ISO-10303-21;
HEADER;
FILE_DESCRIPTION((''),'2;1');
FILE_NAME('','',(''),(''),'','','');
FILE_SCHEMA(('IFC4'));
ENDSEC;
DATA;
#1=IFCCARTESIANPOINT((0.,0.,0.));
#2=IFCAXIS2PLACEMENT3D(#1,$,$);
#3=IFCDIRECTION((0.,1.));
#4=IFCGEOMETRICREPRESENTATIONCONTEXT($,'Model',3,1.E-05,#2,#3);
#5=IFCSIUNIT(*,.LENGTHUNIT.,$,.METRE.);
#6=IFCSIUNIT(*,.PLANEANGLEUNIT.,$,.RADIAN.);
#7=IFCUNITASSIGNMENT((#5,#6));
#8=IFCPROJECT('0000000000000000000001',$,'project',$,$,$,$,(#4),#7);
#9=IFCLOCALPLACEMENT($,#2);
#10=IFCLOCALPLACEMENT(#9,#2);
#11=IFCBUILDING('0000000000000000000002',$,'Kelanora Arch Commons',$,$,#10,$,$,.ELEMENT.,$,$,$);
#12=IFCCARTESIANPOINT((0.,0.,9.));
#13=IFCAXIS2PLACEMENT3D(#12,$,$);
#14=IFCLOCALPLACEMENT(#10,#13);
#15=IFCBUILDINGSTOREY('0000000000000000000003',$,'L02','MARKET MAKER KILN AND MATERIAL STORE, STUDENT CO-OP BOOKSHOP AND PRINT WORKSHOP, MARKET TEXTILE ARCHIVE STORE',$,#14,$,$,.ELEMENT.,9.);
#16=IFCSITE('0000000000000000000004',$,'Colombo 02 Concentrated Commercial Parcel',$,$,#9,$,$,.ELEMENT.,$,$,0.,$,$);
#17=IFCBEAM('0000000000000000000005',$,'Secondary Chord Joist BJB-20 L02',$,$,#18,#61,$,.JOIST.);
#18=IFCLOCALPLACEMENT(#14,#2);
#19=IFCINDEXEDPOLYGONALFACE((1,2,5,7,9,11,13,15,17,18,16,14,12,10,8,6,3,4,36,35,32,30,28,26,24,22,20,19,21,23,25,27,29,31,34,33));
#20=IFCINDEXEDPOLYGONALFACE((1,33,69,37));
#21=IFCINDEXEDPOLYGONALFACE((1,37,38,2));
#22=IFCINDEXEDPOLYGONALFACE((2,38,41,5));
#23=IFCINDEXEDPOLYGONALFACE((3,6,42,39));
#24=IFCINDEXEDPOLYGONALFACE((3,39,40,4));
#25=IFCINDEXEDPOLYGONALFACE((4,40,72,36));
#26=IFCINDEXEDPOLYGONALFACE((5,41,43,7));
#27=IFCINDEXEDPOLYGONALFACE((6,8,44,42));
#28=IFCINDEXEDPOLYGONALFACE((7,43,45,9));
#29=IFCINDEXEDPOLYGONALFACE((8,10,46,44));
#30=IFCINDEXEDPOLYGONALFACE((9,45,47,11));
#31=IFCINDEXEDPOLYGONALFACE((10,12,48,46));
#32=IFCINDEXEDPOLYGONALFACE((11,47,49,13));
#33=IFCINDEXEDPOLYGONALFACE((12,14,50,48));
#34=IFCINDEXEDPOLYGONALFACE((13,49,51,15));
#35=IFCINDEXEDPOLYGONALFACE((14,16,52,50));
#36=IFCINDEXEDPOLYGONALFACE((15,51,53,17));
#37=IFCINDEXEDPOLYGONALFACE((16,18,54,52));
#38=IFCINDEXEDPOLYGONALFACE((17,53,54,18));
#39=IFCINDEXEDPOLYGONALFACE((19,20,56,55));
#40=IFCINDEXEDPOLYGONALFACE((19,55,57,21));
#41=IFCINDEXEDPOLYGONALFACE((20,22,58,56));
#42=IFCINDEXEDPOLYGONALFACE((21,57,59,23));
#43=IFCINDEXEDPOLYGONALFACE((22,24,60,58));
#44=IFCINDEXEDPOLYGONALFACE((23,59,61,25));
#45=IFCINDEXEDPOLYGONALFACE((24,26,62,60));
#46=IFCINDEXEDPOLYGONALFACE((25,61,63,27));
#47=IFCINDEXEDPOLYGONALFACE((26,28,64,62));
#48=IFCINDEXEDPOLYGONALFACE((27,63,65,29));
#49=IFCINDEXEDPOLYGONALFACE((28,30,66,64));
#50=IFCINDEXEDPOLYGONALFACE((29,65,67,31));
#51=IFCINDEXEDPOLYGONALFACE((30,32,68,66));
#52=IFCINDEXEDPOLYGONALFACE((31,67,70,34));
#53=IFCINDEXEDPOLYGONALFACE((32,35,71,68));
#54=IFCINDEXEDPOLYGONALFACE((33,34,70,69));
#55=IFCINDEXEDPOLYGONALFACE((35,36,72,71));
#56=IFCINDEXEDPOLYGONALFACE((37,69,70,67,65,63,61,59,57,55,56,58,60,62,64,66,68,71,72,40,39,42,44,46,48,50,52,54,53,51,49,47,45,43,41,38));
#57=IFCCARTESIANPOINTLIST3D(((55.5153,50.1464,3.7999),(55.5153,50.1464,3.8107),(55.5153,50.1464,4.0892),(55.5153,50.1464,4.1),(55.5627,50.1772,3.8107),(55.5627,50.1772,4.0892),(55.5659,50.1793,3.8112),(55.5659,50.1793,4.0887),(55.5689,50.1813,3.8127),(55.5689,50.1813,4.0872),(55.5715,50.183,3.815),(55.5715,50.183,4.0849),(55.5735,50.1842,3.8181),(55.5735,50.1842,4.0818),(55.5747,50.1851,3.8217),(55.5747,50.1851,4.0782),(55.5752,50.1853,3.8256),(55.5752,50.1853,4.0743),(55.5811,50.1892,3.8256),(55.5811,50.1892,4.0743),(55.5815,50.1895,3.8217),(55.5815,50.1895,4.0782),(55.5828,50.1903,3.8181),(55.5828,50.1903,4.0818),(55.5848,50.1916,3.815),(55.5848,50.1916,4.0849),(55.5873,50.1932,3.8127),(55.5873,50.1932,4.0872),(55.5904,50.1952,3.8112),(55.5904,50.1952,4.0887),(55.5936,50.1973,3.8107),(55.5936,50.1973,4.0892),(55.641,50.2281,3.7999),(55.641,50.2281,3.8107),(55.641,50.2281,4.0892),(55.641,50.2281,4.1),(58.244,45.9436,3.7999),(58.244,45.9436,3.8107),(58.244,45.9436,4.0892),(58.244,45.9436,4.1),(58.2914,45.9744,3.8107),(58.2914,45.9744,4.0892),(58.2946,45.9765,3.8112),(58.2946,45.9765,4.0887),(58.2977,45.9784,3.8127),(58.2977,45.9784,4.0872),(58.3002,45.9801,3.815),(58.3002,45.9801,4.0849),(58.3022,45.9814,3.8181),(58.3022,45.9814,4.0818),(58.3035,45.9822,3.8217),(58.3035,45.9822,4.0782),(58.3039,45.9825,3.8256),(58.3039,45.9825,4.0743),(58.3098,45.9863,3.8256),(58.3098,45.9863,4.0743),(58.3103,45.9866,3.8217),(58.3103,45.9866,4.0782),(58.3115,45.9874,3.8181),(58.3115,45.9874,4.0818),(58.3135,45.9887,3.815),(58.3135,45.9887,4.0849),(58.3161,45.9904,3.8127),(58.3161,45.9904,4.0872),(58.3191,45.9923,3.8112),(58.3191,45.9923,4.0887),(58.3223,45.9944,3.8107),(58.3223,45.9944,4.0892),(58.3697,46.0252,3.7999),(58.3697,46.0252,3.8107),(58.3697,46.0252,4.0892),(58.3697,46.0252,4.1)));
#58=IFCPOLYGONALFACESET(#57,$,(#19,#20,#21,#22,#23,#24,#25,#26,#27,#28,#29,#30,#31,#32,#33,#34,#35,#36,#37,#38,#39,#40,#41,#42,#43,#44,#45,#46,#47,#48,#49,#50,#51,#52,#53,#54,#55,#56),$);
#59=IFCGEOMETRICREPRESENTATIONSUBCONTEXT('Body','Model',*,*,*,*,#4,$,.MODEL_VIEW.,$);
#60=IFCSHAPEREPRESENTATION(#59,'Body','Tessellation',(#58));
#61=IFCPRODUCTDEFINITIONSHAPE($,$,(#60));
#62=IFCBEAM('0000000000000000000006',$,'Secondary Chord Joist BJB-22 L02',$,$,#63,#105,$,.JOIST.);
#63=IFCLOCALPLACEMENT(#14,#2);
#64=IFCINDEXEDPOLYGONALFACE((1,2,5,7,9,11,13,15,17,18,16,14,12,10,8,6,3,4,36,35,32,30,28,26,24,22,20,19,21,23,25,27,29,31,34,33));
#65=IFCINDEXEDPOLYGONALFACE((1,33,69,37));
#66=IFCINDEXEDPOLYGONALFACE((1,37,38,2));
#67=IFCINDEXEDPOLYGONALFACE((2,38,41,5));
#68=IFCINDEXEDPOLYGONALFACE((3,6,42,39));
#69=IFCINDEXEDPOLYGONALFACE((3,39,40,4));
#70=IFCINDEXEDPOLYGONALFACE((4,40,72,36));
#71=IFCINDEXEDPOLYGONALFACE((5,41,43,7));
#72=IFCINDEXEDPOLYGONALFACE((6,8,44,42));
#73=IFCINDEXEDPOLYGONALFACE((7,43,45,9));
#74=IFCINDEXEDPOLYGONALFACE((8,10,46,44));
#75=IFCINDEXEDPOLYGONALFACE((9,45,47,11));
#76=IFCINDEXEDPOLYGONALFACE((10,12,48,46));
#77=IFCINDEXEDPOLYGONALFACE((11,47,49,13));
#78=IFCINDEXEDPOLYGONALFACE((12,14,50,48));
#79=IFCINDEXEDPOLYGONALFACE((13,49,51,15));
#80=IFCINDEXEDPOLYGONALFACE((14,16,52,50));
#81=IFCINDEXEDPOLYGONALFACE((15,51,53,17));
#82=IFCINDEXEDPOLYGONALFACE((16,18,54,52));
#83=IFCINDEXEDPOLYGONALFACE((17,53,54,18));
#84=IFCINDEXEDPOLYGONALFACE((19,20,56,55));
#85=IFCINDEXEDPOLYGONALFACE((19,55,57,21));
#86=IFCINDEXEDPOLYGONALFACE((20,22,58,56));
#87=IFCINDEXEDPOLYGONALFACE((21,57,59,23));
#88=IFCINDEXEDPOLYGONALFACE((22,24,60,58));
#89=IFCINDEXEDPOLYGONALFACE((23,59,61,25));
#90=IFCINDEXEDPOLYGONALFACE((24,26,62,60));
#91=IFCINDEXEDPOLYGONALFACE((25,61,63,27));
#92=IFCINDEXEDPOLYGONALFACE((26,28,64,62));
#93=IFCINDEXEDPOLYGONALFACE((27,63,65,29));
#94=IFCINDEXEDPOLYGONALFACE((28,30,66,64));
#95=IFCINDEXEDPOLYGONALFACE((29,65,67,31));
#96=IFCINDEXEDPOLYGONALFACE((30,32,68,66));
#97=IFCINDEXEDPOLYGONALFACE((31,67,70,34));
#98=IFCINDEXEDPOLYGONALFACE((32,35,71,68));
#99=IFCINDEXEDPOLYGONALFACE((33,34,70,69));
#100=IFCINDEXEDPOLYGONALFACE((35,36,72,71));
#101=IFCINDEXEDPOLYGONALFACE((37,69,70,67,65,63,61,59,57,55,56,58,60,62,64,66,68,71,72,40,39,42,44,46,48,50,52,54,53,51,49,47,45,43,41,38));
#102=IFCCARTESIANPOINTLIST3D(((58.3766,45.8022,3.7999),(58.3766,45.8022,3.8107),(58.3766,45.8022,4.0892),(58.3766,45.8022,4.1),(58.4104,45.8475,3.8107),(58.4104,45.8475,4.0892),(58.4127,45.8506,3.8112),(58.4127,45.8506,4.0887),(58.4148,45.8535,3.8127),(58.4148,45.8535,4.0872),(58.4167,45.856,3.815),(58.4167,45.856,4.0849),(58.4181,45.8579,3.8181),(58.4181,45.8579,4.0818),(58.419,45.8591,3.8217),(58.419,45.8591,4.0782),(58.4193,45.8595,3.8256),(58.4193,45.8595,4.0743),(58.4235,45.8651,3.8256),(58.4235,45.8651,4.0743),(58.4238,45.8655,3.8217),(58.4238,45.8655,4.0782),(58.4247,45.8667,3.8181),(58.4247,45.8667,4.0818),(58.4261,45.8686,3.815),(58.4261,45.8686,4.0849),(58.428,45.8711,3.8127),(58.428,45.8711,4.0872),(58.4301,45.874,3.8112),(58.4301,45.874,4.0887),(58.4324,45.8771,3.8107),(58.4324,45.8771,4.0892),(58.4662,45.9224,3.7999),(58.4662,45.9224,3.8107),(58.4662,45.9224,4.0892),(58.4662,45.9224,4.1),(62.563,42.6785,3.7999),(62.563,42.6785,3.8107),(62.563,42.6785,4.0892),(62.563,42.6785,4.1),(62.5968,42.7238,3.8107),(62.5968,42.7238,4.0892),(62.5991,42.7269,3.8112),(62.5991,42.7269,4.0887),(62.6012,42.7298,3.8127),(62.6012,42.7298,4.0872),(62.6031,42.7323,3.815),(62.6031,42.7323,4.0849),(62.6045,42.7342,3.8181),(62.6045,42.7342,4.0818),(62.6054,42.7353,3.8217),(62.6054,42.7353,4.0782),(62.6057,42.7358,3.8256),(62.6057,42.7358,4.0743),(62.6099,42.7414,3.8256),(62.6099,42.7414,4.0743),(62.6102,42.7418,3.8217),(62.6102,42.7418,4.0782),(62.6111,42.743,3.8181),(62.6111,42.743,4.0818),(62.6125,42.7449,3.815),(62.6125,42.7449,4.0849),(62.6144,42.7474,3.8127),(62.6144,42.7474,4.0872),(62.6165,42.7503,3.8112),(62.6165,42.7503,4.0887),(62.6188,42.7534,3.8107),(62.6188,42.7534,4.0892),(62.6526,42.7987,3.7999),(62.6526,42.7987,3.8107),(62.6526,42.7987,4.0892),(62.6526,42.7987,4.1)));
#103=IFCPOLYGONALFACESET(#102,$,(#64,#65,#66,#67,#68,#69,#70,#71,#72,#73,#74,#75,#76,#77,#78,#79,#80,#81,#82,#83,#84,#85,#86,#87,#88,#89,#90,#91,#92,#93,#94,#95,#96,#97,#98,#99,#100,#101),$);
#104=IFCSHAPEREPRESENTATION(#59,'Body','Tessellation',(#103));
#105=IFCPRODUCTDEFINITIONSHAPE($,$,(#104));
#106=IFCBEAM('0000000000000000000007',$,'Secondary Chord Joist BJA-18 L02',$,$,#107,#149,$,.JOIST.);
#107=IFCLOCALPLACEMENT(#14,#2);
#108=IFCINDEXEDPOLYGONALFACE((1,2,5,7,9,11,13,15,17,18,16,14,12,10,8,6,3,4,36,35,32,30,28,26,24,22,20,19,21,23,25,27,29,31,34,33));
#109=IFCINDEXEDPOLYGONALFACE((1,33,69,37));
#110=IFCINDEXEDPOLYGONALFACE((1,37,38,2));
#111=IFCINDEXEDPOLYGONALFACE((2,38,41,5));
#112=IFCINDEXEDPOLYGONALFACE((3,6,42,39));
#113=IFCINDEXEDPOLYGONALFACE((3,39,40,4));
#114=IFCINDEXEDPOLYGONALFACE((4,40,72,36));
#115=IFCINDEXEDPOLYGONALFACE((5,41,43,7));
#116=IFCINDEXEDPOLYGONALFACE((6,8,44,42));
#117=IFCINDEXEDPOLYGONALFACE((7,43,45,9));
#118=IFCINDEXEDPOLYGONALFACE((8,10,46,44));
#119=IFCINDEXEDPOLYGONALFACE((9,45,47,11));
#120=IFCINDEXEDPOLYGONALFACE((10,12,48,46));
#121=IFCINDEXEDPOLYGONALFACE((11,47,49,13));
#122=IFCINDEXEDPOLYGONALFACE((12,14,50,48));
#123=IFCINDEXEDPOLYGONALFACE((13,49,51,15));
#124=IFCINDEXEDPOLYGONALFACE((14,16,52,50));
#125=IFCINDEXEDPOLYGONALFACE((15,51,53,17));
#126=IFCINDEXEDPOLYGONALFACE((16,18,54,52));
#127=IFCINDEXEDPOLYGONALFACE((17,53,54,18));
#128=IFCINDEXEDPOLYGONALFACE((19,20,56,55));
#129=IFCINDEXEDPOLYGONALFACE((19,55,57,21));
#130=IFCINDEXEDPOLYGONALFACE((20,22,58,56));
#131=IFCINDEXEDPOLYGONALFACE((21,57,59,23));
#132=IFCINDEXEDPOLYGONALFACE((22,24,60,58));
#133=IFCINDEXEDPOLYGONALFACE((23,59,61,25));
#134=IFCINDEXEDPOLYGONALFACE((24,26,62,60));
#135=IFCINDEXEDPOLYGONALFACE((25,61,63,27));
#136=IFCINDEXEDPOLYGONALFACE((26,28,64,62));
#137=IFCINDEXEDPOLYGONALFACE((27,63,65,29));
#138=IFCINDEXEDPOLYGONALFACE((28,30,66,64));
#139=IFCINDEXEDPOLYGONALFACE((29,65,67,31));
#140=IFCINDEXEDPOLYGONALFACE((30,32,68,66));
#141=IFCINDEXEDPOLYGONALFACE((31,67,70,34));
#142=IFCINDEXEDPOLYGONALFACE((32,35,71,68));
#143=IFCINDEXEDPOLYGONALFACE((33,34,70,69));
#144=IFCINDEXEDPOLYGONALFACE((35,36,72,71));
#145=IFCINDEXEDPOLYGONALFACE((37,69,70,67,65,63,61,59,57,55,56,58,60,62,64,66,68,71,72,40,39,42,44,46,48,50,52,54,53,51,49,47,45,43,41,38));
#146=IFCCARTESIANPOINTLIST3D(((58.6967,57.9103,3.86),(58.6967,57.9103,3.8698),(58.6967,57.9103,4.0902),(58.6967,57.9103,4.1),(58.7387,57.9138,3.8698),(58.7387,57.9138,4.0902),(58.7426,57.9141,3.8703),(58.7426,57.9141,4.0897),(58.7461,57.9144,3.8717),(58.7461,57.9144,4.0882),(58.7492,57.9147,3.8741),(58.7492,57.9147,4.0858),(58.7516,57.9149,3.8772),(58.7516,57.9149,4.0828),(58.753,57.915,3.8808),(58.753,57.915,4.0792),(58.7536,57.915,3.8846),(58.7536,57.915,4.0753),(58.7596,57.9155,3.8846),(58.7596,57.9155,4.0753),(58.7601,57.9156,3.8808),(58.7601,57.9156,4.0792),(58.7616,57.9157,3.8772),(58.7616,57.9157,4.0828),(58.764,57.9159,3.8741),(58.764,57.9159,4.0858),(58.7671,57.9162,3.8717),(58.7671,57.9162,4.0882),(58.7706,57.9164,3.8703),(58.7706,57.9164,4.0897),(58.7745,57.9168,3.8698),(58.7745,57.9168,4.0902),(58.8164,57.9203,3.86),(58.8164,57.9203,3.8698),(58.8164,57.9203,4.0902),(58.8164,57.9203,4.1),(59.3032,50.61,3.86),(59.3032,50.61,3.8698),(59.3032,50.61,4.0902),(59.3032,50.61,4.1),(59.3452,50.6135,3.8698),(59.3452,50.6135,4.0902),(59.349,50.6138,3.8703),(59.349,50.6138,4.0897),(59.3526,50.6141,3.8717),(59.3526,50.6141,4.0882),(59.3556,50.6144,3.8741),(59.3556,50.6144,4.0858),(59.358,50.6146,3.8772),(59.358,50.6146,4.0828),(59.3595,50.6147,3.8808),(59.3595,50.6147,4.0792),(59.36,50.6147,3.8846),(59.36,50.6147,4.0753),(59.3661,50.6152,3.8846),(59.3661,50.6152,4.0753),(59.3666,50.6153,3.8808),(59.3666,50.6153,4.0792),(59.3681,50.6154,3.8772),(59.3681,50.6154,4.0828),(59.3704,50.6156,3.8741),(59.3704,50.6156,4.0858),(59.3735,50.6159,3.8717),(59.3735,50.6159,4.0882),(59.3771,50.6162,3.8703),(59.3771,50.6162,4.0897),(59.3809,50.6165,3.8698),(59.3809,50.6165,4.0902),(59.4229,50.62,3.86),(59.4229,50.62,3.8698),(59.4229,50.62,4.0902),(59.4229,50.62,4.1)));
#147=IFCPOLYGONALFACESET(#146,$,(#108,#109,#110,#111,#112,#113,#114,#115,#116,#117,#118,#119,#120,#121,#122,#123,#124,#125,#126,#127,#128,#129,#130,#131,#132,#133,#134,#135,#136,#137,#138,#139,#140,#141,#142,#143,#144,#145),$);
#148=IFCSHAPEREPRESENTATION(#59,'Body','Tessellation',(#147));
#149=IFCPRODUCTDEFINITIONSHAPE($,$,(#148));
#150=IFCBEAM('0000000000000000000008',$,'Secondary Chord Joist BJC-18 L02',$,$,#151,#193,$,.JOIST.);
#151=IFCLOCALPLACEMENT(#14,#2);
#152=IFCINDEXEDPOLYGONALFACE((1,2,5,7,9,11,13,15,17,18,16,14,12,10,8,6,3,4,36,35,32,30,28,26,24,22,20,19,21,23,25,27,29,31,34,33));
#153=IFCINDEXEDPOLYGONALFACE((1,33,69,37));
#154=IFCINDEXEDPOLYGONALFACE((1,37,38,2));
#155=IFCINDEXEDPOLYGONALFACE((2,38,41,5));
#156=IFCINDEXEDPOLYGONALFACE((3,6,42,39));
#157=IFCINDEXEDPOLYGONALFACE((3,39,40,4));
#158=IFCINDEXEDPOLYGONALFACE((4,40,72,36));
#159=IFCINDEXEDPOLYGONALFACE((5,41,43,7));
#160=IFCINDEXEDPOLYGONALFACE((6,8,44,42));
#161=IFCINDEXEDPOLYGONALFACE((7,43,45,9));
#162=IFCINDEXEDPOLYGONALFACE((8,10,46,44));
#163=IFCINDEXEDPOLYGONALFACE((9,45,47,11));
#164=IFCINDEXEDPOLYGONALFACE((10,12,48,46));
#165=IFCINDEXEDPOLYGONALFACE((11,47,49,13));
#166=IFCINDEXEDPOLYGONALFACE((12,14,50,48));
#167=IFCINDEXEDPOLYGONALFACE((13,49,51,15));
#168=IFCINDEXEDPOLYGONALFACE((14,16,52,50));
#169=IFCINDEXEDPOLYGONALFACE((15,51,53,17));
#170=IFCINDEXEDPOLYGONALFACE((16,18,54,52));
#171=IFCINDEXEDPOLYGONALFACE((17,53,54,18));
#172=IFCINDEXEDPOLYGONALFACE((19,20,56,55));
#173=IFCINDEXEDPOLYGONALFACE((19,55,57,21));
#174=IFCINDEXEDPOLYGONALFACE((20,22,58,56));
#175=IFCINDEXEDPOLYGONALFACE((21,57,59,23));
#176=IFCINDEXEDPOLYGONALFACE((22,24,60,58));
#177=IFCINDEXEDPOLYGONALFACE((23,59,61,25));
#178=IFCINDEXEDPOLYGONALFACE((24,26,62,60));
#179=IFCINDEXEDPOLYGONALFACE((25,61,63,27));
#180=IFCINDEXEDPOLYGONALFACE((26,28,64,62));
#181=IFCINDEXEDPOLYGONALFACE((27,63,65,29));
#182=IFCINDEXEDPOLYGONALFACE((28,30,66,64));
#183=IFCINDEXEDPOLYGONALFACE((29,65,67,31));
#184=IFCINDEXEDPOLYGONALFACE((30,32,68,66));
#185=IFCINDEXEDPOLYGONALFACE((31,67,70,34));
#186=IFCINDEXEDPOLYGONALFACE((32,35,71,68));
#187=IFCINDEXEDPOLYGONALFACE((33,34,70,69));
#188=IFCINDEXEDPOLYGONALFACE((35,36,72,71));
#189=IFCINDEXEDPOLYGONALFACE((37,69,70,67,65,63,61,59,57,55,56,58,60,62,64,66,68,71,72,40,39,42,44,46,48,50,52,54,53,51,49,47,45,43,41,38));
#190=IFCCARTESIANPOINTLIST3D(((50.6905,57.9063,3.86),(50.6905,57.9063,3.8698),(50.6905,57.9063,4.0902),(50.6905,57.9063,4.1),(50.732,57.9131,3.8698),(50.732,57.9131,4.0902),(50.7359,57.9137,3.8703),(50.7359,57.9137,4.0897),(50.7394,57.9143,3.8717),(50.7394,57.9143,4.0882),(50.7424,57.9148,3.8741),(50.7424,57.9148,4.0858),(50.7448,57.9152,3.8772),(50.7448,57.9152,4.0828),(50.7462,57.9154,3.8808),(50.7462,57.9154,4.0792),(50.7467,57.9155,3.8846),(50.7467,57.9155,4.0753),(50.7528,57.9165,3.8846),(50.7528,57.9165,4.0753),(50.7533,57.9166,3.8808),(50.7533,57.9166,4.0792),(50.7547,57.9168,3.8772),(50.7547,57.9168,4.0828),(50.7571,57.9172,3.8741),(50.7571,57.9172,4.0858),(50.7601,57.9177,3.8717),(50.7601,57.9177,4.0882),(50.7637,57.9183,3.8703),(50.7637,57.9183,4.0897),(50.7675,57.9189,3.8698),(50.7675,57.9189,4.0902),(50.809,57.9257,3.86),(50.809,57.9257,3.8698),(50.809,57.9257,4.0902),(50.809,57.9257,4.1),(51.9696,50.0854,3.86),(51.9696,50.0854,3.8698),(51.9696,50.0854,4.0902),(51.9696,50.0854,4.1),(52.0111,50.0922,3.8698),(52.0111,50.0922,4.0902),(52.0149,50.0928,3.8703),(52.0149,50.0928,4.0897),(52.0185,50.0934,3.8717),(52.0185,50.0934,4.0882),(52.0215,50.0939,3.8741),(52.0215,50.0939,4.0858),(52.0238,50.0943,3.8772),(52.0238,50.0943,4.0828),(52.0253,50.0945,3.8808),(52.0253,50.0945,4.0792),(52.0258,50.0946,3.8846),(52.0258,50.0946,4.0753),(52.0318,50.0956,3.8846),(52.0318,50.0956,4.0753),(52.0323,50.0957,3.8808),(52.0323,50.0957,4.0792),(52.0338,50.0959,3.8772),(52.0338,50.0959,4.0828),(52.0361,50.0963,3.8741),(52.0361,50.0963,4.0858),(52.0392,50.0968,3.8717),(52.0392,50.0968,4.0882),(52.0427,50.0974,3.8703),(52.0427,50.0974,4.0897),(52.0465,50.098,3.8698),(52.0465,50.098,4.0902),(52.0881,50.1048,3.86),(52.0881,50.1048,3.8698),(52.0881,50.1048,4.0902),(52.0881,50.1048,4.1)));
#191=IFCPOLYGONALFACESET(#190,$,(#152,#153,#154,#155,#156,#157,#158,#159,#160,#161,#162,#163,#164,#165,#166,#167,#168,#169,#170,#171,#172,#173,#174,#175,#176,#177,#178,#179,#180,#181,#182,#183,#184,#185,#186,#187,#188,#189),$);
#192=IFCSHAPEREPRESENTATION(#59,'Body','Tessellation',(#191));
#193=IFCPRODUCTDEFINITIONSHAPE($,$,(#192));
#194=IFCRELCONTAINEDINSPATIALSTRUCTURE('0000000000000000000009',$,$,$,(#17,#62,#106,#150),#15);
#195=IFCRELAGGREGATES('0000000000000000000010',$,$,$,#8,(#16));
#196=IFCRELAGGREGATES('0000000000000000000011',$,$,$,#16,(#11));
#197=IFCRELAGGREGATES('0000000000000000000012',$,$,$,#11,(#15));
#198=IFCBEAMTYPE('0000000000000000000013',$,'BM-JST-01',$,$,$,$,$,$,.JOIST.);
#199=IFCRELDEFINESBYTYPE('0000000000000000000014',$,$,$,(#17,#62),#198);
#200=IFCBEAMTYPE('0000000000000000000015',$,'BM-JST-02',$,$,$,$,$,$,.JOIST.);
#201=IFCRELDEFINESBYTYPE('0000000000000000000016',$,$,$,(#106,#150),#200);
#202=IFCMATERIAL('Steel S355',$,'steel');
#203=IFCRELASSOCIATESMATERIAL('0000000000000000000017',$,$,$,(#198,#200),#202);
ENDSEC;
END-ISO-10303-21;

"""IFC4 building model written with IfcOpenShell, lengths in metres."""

from ifc_helpers import new_model, si_unit, direction, frame, origin, origin_2d, place, context, subcontext, project, spatial, i_section, extrude, material, material_profile, profile_set, type_object, element, save


model = new_model("IFC4")

# Units and contexts
model_context = context("Model", 3, precision=1e-05, world=origin(), true_north=direction((0.0, 1.0)))
body_context = subcontext(model_context, "Body", "Model", "MODEL_VIEW")
ifc_project = project(units=[si_unit("LENGTHUNIT", "METRE"), si_unit("PLANEANGLEUNIT", "RADIAN")], contexts=[model_context])

# Site, building, storey
site_placement = place(None, origin())
site = spatial("IfcSite", under=ifc_project, at=site_placement, Name="Colombo 02 Concentrated Commercial Parcel", CompositionType="ELEMENT", RefElevation=0.0)
building_placement = place(site_placement, origin())
building = spatial("IfcBuilding", under=site, at=building_placement, Name="Kelanora Arch Commons", CompositionType="ELEMENT")
storey_placement = place(building_placement, frame((0.0, 0.0, 9.0)))
storey = spatial("IfcBuildingStorey", under=building, at=storey_placement, Name="L02", Description="MARKET MAKER KILN AND MATERIAL STORE, STUDENT CO-OP BOOKSHOP AND PRINT WORKSHOP, MARKET TEXTILE ARCHIVE STORE", CompositionType="ELEMENT", Elevation=9.0)

# Beams
ifc_material_1 = material(Name="Steel S355", Category="steel")
ifc_material_profile_1 = material_profile(ifc_material_1, i_section(OverallWidth=0.1499, OverallDepth=0.3, WebThickness=0.0071, FlangeThickness=0.0107, FilletRadius=0.0149, at=origin_2d()), Name="IPE300")
ifc_profile_set_1 = profile_set([ifc_material_profile_1], Name="Steel S355")
beam_type_1 = type_object("IfcBeamType", Name="BM-JST-01", PredefinedType="JOIST", material=ifc_profile_set_1)
beam_1_placement = place(storey_placement, frame((55.5781, 50.1873, 3.95), z_axis=(0.544552, -0.838727, 0.0), x_axis=(0.838727, 0.544552, 0.0)))
element("IfcBeam", 1, at=beam_1_placement, inside=storey, type_object=beam_type_1, Name="Secondary Chord Joist BJB-20 L02", PredefinedType="JOIST", context=body_context, shape_type="SweptSolid", body=[
    extrude(i_section(OverallWidth=0.1499, OverallDepth=0.3, WebThickness=0.0071, FlangeThickness=0.0107, FilletRadius=0.0149, at=origin_2d()), origin(), (0.0, 0.0, 1.0), 5.011),
])
beam_2_placement = place(storey_placement, frame((58.4214, 45.8623, 3.95), z_axis=(0.801478, -0.598024, 0.0), x_axis=(0.598024, 0.801478, 0.0)))
element("IfcBeam", 2, at=beam_2_placement, inside=storey, type_object=beam_type_1, Name="Secondary Chord Joist BJB-22 L02", PredefinedType="JOIST", context=body_context, shape_type="SweptSolid", body=[
    extrude(i_section(OverallWidth=0.1499, OverallDepth=0.3, WebThickness=0.0071, FlangeThickness=0.0107, FilletRadius=0.0149, at=origin_2d()), origin(), (0.0, 0.0, 1.0), 5.2234),
])
ifc_material_profile_2 = material_profile(ifc_material_1, i_section(OverallWidth=0.1201, OverallDepth=0.24, WebThickness=0.0061, FlangeThickness=0.0098, FilletRadius=0.0149, at=origin_2d()), Name="IPE240")
ifc_profile_set_2 = profile_set([ifc_material_profile_2], Name="Steel S355")
beam_type_2 = type_object("IfcBeamType", Name="BM-JST-02", PredefinedType="JOIST", material=ifc_profile_set_2)
beam_3_placement = place(storey_placement, frame((58.7566, 57.9153, 3.98), z_axis=(0.082786, -0.996567, 0.0), x_axis=(0.996567, 0.082786, 0.0)))
element("IfcBeam", 3, at=beam_3_placement, inside=storey, type_object=beam_type_2, Name="Secondary Chord Joist BJA-18 L02", PredefinedType="JOIST", context=body_context, shape_type="SweptSolid", body=[
    extrude(i_section(OverallWidth=0.1201, OverallDepth=0.24, WebThickness=0.0061, FlangeThickness=0.0098, FilletRadius=0.0149, at=origin_2d()), origin(), (0.0, 0.0, 1.0), 7.3254),
])
beam_4_placement = place(storey_placement, frame((50.7498, 57.916, 3.98), z_axis=(0.161401, -0.986889, 0.0), x_axis=(0.986889, 0.161401, 0.0)))
element("IfcBeam", 4, at=beam_4_placement, inside=storey, type_object=beam_type_2, Name="Secondary Chord Joist BJC-18 L02", PredefinedType="JOIST", context=body_context, shape_type="SweptSolid", body=[
    extrude(i_section(OverallWidth=0.1201, OverallDepth=0.24, WebThickness=0.0061, FlangeThickness=0.0098, FilletRadius=0.0149, at=origin_2d()), origin(), (0.0, 0.0, 1.0), 7.9248),
])

save(model, "model.ifc")
